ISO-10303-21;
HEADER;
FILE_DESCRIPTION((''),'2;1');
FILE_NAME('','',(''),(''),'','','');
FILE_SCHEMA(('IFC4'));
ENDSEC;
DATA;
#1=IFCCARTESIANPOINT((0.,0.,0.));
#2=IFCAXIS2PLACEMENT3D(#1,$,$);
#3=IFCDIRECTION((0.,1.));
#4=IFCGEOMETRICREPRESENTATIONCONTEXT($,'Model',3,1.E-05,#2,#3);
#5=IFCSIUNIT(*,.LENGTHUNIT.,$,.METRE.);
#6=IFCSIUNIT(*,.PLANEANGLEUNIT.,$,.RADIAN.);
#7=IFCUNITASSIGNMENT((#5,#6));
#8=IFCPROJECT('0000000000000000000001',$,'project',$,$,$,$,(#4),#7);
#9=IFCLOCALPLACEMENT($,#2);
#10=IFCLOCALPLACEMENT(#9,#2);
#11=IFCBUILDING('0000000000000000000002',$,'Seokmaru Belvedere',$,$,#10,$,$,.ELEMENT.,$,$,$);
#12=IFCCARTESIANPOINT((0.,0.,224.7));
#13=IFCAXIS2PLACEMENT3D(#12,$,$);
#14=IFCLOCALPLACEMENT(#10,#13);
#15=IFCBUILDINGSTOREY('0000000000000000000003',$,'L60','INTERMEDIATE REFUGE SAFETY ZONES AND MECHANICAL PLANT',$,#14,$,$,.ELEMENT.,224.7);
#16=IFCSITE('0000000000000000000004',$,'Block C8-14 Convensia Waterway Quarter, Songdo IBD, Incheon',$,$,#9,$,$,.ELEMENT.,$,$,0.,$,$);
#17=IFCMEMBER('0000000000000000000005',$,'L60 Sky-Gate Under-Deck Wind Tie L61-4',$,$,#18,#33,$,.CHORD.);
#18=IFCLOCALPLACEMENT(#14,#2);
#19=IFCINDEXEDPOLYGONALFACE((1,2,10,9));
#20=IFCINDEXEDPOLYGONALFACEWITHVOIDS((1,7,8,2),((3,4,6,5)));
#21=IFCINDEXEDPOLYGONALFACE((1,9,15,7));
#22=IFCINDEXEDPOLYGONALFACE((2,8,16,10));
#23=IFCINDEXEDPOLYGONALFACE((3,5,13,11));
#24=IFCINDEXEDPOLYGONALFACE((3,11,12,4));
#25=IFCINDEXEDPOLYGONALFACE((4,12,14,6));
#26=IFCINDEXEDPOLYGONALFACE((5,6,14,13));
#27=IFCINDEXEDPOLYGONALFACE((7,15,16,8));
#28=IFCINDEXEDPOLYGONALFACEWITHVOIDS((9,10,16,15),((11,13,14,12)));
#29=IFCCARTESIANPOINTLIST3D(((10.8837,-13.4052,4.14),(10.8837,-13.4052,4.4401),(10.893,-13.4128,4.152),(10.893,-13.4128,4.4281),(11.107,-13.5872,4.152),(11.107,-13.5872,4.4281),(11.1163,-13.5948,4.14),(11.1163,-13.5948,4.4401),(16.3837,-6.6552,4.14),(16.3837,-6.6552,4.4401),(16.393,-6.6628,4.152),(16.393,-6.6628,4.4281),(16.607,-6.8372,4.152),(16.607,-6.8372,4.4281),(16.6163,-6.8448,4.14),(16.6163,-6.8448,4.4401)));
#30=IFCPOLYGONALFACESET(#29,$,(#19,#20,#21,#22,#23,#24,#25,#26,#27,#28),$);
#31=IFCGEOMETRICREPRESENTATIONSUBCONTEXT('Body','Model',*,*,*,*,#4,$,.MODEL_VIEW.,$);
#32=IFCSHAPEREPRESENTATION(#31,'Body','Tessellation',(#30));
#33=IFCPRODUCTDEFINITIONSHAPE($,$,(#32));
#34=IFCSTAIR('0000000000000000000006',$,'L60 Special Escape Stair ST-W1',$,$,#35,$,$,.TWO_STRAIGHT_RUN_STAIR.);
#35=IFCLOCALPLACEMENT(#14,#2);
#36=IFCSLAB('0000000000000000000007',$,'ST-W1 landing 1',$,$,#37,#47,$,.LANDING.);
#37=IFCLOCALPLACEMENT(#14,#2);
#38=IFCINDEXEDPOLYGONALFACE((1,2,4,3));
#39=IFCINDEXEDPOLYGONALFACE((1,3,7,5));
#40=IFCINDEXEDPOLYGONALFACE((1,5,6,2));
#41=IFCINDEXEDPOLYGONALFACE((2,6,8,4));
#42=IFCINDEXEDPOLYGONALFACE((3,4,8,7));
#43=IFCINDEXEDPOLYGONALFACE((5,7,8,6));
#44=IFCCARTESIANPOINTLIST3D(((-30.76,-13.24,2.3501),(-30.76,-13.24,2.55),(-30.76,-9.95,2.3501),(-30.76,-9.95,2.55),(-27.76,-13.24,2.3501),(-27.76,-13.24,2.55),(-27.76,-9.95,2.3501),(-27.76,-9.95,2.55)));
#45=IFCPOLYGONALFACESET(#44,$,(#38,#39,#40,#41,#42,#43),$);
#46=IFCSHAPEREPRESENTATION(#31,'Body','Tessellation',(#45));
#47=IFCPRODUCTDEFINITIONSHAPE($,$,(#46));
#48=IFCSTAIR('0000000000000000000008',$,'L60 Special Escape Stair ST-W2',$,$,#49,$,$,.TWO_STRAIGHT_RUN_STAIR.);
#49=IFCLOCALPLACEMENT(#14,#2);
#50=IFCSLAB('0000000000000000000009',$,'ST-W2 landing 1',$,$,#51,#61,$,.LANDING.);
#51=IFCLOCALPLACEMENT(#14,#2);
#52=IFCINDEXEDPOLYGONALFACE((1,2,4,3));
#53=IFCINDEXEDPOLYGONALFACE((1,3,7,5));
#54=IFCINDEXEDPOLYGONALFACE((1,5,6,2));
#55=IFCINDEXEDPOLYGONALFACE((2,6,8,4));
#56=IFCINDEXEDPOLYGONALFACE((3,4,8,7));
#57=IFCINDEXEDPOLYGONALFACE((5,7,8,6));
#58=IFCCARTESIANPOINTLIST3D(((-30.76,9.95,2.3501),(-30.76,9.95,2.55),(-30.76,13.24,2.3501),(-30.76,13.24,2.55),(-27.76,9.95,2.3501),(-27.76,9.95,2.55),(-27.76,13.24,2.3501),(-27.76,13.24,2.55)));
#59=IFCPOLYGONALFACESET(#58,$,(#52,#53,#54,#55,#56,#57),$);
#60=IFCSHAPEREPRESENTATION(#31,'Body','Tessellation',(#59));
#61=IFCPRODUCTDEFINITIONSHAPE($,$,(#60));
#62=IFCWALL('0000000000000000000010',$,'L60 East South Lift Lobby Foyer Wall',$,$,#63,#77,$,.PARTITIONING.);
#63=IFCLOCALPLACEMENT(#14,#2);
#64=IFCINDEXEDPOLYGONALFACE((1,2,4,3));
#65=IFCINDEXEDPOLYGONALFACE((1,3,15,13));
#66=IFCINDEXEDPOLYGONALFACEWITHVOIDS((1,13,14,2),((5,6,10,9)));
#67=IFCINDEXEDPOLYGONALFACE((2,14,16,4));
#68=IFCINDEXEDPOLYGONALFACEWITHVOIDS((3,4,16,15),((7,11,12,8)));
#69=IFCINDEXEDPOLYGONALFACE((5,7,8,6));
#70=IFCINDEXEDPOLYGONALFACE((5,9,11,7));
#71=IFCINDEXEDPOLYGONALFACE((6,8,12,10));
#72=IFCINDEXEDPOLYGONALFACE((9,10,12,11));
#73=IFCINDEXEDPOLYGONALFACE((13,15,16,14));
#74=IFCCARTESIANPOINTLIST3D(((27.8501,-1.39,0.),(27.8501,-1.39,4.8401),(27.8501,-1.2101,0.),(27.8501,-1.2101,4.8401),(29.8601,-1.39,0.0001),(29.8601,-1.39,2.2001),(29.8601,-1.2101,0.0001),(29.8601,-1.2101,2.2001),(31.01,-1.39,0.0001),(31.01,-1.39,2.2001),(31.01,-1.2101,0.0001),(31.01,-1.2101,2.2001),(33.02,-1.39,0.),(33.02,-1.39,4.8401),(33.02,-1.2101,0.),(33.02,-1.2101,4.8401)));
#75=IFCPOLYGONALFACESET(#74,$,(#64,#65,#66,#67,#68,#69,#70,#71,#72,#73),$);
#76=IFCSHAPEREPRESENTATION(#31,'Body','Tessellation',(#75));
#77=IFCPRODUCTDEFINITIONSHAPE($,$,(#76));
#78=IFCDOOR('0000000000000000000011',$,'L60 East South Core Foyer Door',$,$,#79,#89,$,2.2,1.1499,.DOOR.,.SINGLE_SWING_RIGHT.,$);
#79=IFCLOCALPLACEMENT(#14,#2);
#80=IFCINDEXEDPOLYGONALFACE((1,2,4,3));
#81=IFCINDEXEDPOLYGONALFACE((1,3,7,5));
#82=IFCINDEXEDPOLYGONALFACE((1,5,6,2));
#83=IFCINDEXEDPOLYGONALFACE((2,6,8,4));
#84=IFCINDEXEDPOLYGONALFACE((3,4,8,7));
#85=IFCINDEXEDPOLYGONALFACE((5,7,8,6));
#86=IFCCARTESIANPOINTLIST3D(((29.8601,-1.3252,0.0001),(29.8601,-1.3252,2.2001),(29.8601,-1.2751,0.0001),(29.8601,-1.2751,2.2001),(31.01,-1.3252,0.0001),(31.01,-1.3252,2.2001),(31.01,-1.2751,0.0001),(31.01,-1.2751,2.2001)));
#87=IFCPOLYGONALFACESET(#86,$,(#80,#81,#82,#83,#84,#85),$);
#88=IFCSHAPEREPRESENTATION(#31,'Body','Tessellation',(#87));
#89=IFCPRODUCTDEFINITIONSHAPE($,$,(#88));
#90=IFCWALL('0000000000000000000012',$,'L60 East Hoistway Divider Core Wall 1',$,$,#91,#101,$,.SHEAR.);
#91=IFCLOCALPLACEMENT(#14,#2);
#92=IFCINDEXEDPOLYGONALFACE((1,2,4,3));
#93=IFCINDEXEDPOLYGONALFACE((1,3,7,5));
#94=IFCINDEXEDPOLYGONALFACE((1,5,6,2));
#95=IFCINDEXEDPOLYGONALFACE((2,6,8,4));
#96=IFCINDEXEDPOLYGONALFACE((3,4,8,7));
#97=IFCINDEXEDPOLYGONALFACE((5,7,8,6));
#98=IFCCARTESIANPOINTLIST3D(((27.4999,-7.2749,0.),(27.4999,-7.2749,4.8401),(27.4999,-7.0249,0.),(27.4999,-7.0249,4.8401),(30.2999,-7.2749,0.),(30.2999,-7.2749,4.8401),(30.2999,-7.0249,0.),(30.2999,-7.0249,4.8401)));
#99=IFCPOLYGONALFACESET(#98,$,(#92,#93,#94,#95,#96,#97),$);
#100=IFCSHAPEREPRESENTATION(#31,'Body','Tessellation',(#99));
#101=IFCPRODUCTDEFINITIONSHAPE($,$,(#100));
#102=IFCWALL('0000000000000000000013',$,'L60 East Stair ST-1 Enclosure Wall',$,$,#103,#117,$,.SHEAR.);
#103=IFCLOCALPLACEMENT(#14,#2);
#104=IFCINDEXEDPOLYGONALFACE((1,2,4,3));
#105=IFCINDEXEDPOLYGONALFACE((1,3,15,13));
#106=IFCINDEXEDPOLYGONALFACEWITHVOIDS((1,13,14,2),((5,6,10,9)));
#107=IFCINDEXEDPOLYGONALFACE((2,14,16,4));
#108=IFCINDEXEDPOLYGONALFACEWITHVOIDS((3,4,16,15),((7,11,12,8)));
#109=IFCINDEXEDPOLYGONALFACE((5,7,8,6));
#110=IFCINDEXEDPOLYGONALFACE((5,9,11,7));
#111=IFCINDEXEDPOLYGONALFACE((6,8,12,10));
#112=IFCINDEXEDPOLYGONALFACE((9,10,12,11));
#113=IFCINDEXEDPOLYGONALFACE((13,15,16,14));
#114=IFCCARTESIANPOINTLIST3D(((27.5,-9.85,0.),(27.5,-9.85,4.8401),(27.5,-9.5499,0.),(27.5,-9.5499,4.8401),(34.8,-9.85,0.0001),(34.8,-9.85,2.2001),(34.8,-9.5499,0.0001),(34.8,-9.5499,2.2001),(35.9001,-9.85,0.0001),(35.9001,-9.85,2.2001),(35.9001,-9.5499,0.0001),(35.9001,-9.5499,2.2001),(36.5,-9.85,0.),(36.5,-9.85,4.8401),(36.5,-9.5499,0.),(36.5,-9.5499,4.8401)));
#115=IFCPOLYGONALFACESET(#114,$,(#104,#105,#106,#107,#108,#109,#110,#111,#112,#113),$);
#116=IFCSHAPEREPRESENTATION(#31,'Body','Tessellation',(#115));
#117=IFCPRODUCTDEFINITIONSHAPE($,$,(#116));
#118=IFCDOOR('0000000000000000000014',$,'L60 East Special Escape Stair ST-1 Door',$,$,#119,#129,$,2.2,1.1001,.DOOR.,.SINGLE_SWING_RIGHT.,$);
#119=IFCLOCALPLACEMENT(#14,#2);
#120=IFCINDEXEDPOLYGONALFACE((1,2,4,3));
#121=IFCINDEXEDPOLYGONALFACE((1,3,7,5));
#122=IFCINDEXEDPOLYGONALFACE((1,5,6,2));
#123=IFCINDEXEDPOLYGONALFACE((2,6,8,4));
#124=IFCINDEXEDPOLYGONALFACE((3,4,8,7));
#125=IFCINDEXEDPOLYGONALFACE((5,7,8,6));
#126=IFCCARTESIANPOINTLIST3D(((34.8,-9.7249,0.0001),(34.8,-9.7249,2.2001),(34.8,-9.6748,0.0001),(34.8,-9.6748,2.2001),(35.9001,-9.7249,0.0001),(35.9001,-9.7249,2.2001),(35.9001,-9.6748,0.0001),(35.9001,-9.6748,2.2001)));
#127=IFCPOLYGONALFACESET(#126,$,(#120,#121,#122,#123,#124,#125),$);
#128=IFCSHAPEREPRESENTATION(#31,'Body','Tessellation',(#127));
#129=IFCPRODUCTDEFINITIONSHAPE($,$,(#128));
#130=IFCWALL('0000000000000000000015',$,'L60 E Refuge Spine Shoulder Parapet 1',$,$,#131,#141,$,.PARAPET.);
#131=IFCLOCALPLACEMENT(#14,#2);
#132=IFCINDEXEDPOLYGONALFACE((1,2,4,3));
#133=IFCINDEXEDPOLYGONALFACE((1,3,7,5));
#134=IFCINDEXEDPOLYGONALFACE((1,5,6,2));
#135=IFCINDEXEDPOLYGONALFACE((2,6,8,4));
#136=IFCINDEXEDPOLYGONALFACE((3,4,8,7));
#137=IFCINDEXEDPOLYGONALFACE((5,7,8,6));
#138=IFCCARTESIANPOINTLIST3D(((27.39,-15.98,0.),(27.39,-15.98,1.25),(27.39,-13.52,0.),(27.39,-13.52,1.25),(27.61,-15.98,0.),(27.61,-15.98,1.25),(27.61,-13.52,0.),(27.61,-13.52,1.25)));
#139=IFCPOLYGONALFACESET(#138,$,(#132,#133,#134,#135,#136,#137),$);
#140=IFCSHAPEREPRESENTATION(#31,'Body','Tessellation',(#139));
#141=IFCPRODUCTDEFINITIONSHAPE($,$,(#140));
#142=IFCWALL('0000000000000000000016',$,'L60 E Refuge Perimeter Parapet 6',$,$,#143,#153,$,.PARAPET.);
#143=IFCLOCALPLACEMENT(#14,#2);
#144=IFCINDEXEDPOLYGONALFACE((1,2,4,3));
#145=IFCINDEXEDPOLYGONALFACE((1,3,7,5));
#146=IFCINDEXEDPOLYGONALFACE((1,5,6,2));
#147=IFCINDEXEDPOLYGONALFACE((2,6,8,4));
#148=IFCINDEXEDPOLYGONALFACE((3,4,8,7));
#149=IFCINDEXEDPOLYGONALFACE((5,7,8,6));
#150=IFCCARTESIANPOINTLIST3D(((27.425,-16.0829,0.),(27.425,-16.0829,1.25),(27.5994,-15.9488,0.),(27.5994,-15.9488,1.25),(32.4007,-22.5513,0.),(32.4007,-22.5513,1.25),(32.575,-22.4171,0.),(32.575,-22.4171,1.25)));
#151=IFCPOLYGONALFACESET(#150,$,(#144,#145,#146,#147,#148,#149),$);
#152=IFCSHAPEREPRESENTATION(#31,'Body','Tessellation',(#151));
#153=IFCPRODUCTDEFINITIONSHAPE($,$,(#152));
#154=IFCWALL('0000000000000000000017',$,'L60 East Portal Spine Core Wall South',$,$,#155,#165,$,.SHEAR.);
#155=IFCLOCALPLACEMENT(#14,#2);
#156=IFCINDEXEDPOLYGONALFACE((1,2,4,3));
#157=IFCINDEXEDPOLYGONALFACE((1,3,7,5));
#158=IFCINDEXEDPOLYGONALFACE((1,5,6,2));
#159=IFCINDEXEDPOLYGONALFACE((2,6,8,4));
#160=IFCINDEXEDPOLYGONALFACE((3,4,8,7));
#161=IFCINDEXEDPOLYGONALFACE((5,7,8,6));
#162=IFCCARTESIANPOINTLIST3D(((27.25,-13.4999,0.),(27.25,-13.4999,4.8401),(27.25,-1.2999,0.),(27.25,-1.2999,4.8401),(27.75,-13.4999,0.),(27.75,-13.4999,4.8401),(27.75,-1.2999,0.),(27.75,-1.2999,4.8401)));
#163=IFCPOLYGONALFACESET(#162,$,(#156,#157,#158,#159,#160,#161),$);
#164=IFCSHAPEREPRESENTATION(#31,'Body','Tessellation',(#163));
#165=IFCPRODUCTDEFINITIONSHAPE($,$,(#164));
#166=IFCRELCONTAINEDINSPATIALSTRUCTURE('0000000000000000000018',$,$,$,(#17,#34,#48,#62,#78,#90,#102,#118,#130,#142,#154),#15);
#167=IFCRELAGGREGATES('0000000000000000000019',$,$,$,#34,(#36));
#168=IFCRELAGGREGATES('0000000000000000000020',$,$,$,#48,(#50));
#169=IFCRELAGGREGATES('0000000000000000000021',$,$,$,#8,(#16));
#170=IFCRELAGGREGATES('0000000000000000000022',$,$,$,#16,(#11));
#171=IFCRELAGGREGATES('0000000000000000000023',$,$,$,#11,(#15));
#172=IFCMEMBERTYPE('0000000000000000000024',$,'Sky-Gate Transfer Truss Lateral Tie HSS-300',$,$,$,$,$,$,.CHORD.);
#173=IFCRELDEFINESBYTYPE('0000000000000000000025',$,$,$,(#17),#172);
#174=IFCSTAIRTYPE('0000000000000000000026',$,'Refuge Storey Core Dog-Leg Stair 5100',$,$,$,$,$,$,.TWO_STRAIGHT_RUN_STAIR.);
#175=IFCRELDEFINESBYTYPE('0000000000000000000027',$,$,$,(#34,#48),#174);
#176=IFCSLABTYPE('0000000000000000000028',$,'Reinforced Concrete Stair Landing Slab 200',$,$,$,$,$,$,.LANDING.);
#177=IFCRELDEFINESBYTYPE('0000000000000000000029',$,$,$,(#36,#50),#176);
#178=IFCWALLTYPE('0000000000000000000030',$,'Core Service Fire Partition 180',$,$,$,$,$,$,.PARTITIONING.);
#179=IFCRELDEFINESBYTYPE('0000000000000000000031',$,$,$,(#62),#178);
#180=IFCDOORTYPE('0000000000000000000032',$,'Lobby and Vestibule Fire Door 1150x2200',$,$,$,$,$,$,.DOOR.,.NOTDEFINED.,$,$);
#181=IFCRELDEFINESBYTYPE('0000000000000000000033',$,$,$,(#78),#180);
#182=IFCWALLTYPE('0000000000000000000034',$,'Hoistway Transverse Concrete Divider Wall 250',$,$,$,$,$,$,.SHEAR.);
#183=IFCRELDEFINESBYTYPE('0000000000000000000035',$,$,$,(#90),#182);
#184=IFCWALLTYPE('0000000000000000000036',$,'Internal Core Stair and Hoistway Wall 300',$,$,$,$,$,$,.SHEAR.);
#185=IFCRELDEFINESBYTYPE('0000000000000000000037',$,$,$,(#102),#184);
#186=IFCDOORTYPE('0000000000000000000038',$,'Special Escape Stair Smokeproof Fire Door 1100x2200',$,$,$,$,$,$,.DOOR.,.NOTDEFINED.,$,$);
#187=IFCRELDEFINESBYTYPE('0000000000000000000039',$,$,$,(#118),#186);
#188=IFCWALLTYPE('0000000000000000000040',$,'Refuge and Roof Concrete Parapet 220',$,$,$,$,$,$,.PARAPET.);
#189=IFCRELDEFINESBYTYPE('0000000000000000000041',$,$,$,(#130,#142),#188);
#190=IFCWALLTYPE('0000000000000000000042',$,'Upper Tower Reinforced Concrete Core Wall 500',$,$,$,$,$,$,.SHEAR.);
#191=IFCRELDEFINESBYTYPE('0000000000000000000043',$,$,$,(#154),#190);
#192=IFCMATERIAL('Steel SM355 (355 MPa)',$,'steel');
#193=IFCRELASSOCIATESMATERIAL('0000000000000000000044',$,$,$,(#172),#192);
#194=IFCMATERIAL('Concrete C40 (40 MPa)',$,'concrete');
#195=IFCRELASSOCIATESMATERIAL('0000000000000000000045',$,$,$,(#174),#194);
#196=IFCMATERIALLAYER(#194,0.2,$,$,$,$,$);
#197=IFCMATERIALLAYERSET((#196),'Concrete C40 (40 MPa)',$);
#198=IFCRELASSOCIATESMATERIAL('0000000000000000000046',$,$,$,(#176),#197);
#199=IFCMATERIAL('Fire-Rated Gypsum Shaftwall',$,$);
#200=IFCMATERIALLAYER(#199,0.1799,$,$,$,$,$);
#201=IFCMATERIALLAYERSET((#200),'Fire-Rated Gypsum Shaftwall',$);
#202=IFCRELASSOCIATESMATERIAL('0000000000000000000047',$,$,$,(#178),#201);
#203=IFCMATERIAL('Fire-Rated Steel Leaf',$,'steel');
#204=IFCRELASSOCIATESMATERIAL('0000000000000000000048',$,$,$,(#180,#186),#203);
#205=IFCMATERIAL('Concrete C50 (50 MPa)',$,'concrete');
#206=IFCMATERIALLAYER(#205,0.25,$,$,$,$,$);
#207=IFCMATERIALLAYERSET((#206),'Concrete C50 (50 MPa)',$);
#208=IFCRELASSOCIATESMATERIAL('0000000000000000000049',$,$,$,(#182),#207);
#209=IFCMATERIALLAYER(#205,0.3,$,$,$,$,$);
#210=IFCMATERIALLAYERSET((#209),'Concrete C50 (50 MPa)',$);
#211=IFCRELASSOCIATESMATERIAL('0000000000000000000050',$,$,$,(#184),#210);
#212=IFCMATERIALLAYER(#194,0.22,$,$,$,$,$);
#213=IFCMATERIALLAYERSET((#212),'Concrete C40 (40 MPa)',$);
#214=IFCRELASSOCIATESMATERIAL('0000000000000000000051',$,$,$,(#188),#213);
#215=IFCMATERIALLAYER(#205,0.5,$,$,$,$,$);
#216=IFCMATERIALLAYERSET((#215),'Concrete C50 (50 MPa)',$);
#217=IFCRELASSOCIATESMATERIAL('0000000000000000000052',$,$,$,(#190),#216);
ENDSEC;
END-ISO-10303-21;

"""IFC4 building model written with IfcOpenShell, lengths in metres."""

from ifc_helpers import new_model, si_unit, direction, frame, frame_2d, origin, origin_2d, place, context, subcontext, project, spatial, polyline, rectangle, hollow_rectangle, outline, extrude, source, transform, mapped, material, layer, layer_set, material_profile, profile_set, type_object, type_shapes, element, fill, aggregate, save


model = new_model("IFC4")

# Units and contexts
model_context = context("Model", 3, precision=1e-05, world=origin(), true_north=direction((0.0, 1.0)))
body_context = subcontext(model_context, "Body", "Model", "MODEL_VIEW")
ifc_project = project(units=[si_unit("LENGTHUNIT", "METRE"), si_unit("PLANEANGLEUNIT", "RADIAN")], contexts=[model_context])

# Site, building, storey
site_placement = place(None, origin())
site = spatial("IfcSite", under=ifc_project, at=site_placement, Name="Block C8-14 Convensia Waterway Quarter, Songdo IBD, Incheon", CompositionType="ELEMENT", RefElevation=0.0)
building_placement = place(site_placement, origin())
building = spatial("IfcBuilding", under=site, at=building_placement, Name="Seokmaru Belvedere", CompositionType="ELEMENT")
storey_placement = place(building_placement, frame((0.0, 0.0, 224.7)))
storey = spatial("IfcBuildingStorey", under=building, at=storey_placement, Name="L60", Description="INTERMEDIATE REFUGE SAFETY ZONES AND MECHANICAL PLANT", CompositionType="ELEMENT", Elevation=224.7)

# Shared definitions
ifc_material_1 = material(Name="Steel SM355 (355 MPa)", Category="steel")

# Member
ifc_material_profile_1 = material_profile(ifc_material_1, hollow_rectangle(XDim=0.3, YDim=0.3, WallThickness=0.012, at=origin_2d()), Name="HSS-300x300x12")
ifc_profile_set_1 = profile_set([ifc_material_profile_1], Name="Steel SM355 (355 MPa)")
member_type = type_object("IfcMemberType", Name="Sky-Gate Transfer Truss Lateral Tie HSS-300", PredefinedType="CHORD", material=ifc_profile_set_1)
shared_shape_1 = source(origin(), body_context, "Body", "SweptSolid", [
    extrude(hollow_rectangle(XDim=0.3, YDim=0.3, WallThickness=0.012, at=origin_2d()), origin(), (0.0, 0.0, 1.0), 8.707),
])
type_shapes(member_type, [shared_shape_1])
member_placement = place(storey_placement, frame((11.0, -13.5, 4.29), z_axis=(0.631673, 0.775235, 0.0), x_axis=(-0.775235, 0.631673, 0.0)))
element("IfcMember", 1, at=member_placement, inside=storey, type_object=member_type, Name="L60 Sky-Gate Under-Deck Wind Tie L61-4", PredefinedType="CHORD", context=body_context, shape_type="MappedRepresentation", body=[
    mapped(shared_shape_1, transform((0.0, 0.0, 0.0), scale=1.0)),
])

# Stairs, slabs
ifc_material_2 = material(Name="Concrete C40 (40 MPa)", Category="concrete")
stair_type = type_object("IfcStairType", Name="Refuge Storey Core Dog-Leg Stair 5100", PredefinedType="TWO_STRAIGHT_RUN_STAIR", material=ifc_material_2)
stair_1_placement = place(storey_placement, origin())
stair_1 = element("IfcStair", 2, at=stair_1_placement, inside=storey, type_object=stair_type, Name="L60 Special Escape Stair ST-W1", PredefinedType="TWO_STRAIGHT_RUN_STAIR")
ifc_layer_1 = layer(ifc_material_2, 0.2)
ifc_layer_set_1 = layer_set([ifc_layer_1], Name="Concrete C40 (40 MPa)")
slab_type = type_object("IfcSlabType", Name="Reinforced Concrete Stair Landing Slab 200", PredefinedType="LANDING", material=ifc_layer_set_1)
slab_1_placement = place(storey_placement, frame((0.0, 0.0, 2.3501)))
slab_1 = element("IfcSlab", 3, at=slab_1_placement, type_object=slab_type, Name="ST-W1 landing 1", PredefinedType="LANDING", context=body_context, shape_type="SweptSolid", body=[
    extrude(outline(polyline([(-30.76, -13.24), (-27.76, -13.24), (-27.76, -9.95), (-30.76, -9.95), (-30.76, -13.24)])), origin(), (0.0, 0.0, 1.0), 0.2),
])
aggregate(stair_1, [slab_1])
stair_2_placement = place(storey_placement, origin())
stair_2 = element("IfcStair", 4, at=stair_2_placement, inside=storey, type_object=stair_type, Name="L60 Special Escape Stair ST-W2", PredefinedType="TWO_STRAIGHT_RUN_STAIR")
slab_2_placement = place(storey_placement, frame((0.0, 0.0, 2.3501)))
slab_2 = element("IfcSlab", 5, at=slab_2_placement, type_object=slab_type, Name="ST-W2 landing 1", PredefinedType="LANDING", context=body_context, shape_type="SweptSolid", body=[
    extrude(outline(polyline([(-30.76, 9.95), (-27.76, 9.95), (-27.76, 13.24), (-30.76, 13.24), (-30.76, 9.95)])), origin(), (0.0, 0.0, 1.0), 0.2),
])
aggregate(stair_2, [slab_2])

# Wall, opening, door
ifc_material_3 = material(Name="Fire-Rated Gypsum Shaftwall")
ifc_layer_2 = layer(ifc_material_3, 0.1799)
ifc_layer_set_2 = layer_set([ifc_layer_2], Name="Fire-Rated Gypsum Shaftwall")
wall_type_1 = type_object("IfcWallType", Name="Core Service Fire Partition 180", PredefinedType="PARTITIONING", material=ifc_layer_set_2)
wall_1_placement = place(storey_placement, frame((27.8501, -1.3, 0.0), z_axis=(0.0, 0.0, 1.0), x_axis=(1.0, 0.0, 0.0)))
wall_1 = element("IfcWall", 6, at=wall_1_placement, inside=storey, type_object=wall_type_1, Name="L60 East South Lift Lobby Foyer Wall", PredefinedType="PARTITIONING", context=body_context, shape_type="SweptSolid", body=[
    extrude(rectangle(XDim=5.1699, YDim=0.1799, at=frame_2d((2.585, 0.0))), origin(), (0.0, 0.0, 1.0), 4.8401),
])
opening_1_placement = place(wall_1_placement, frame((2.01, 0.0, 0.0)))
opening_1 = element("IfcOpeningElement", 7, at=opening_1_placement, cuts=wall_1, PredefinedType="OPENING", context=body_context, shape_type="SweptSolid", body=[
    extrude(rectangle(XDim=1.1499, YDim=2.2, at=frame_2d((0.575, 1.1001))), frame((0.0, 0.1001, 0.0), z_axis=(0.0, -1.0, 0.0), x_axis=(1.0, 0.0, 0.0)), (0.0, 0.0, 1.0), 0.2),
])
ifc_material_4 = material(Name="Fire-Rated Steel Leaf", Category="steel")
door_type_1 = type_object("IfcDoorType", Name="Lobby and Vestibule Fire Door 1150x2200", OperationType="NOTDEFINED", PredefinedType="DOOR", material=ifc_material_4)
shared_shape_2 = source(origin(), body_context, "Body", "SweptSolid", [
    extrude(rectangle(XDim=1.1499, YDim=2.2, at=frame_2d((0.575, 1.1001))), frame((0.0, 0.0249, 0.0), z_axis=(0.0, -1.0, 0.0), x_axis=(1.0, 0.0, 0.0)), (0.0, 0.0, 1.0), 0.05),
])
type_shapes(door_type_1, [shared_shape_2])
door_1_placement = place(opening_1_placement, origin())
door_1 = element("IfcDoor", 8, at=door_1_placement, inside=storey, type_object=door_type_1, Name="L60 East South Core Foyer Door", OperationType="SINGLE_SWING_RIGHT", OverallHeight=2.2, OverallWidth=1.1499, PredefinedType="DOOR", context=body_context, shape_type="MappedRepresentation", body=[
    mapped(shared_shape_2, transform((0.0, 0.0, 0.0), scale=1.0)),
])
fill(opening_1, door_1)

# Wall
ifc_material_5 = material(Name="Concrete C50 (50 MPa)", Category="concrete")
ifc_layer_3 = layer(ifc_material_5, 0.25)
ifc_layer_set_3 = layer_set([ifc_layer_3], Name="Concrete C50 (50 MPa)")
wall_type_2 = type_object("IfcWallType", Name="Hoistway Transverse Concrete Divider Wall 250", PredefinedType="SHEAR", material=ifc_layer_set_3)
wall_2_placement = place(storey_placement, frame((27.5, -7.1499, 0.0), z_axis=(0.0, 0.0, 1.0), x_axis=(1.0, 0.0, 0.0)))
element("IfcWall", 9, at=wall_2_placement, inside=storey, type_object=wall_type_2, Name="L60 East Hoistway Divider Core Wall 1", PredefinedType="SHEAR", context=body_context, shape_type="SweptSolid", body=[
    extrude(rectangle(XDim=2.8, YDim=0.25, at=frame_2d((1.3999, 0.0))), origin(), (0.0, 0.0, 1.0), 4.8401),
])

# Wall, opening, door
ifc_layer_4 = layer(ifc_material_5, 0.3)
ifc_layer_set_4 = layer_set([ifc_layer_4], Name="Concrete C50 (50 MPa)")
wall_type_3 = type_object("IfcWallType", Name="Internal Core Stair and Hoistway Wall 300", PredefinedType="SHEAR", material=ifc_layer_set_4)
wall_3_placement = place(storey_placement, frame((27.5, -9.7, 0.0), z_axis=(0.0, 0.0, 1.0), x_axis=(1.0, 0.0, 0.0)))
wall_3 = element("IfcWall", 10, at=wall_3_placement, inside=storey, type_object=wall_type_3, Name="L60 East Stair ST-1 Enclosure Wall", PredefinedType="SHEAR", context=body_context, shape_type="SweptSolid", body=[
    extrude(rectangle(XDim=9.0, YDim=0.3, at=frame_2d((4.5, 0.0))), origin(), (0.0, 0.0, 1.0), 4.8401),
])
opening_2_placement = place(wall_3_placement, frame((7.3, 0.0, 0.0)))
opening_2 = element("IfcOpeningElement", 11, at=opening_2_placement, cuts=wall_3, PredefinedType="OPENING", context=body_context, shape_type="SweptSolid", body=[
    extrude(rectangle(XDim=1.1001, YDim=2.2, at=frame_2d((0.55, 1.1001))), frame((0.0, 0.1602, 0.0), z_axis=(0.0, -1.0, 0.0), x_axis=(1.0, 0.0, 0.0)), (0.0, 0.0, 1.0), 0.3201),
])
door_type_2 = type_object("IfcDoorType", Name="Special Escape Stair Smokeproof Fire Door 1100x2200", OperationType="NOTDEFINED", PredefinedType="DOOR", material=ifc_material_4)
shared_shape_3 = source(origin(), body_context, "Body", "SweptSolid", [
    extrude(rectangle(XDim=1.1001, YDim=2.2, at=frame_2d((0.55, 1.1001))), frame((0.0, 0.0249, 0.0), z_axis=(0.0, -1.0, 0.0), x_axis=(1.0, 0.0, 0.0)), (0.0, 0.0, 1.0), 0.05),
])
type_shapes(door_type_2, [shared_shape_3])
door_2_placement = place(opening_2_placement, frame((1.1001, 0.0, 0.0), z_axis=(0.0, 0.0, 1.0), x_axis=(-1.0, 0.0, 0.0)))
door_2 = element("IfcDoor", 12, at=door_2_placement, inside=storey, type_object=door_type_2, Name="L60 East Special Escape Stair ST-1 Door", OperationType="SINGLE_SWING_RIGHT", OverallHeight=2.2, OverallWidth=1.1001, PredefinedType="DOOR", context=body_context, shape_type="MappedRepresentation", body=[
    mapped(shared_shape_3, transform((0.0, 0.0, 0.0), scale=1.0)),
])
fill(opening_2, door_2)

# Walls
ifc_layer_5 = layer(ifc_material_2, 0.22)
ifc_layer_set_5 = layer_set([ifc_layer_5], Name="Concrete C40 (40 MPa)")
wall_type_4 = type_object("IfcWallType", Name="Refuge and Roof Concrete Parapet 220", PredefinedType="PARAPET", material=ifc_layer_set_5)
wall_4_placement = place(storey_placement, frame((27.5, -15.98, 0.0), z_axis=(0.0, 0.0, 1.0), x_axis=(0.0, 1.0, 0.0)))
element("IfcWall", 13, at=wall_4_placement, inside=storey, type_object=wall_type_4, Name="L60 E Refuge Spine Shoulder Parapet 1", PredefinedType="PARAPET", context=body_context, shape_type="SweptSolid", body=[
    extrude(rectangle(XDim=2.46, YDim=0.22, at=frame_2d((1.23, 0.0))), origin(), (0.0, 0.0, 1.0), 1.25),
])
wall_5_placement = place(storey_placement, frame((27.5122, -16.0159, 0.0), z_axis=(0.0, 0.0, 1.0), x_axis=(0.609711, -0.792624, 0.0)))
element("IfcWall", 14, at=wall_5_placement, inside=storey, type_object=wall_type_4, Name="L60 E Refuge Perimeter Parapet 6", PredefinedType="PARAPET", context=body_context, shape_type="SweptSolid", body=[
    extrude(rectangle(XDim=8.1606, YDim=0.22, at=frame_2d((4.0803, 0.0))), origin(), (0.0, 0.0, 1.0), 1.25),
])
ifc_layer_6 = layer(ifc_material_5, 0.5)
ifc_layer_set_6 = layer_set([ifc_layer_6], Name="Concrete C50 (50 MPa)")
wall_type_5 = type_object("IfcWallType", Name="Upper Tower Reinforced Concrete Core Wall 500", PredefinedType="SHEAR", material=ifc_layer_set_6)
wall_6_placement = place(storey_placement, frame((27.5, -13.5, 0.0), z_axis=(0.0, 0.0, 1.0), x_axis=(0.0, 1.0, 0.0)))
element("IfcWall", 15, at=wall_6_placement, inside=storey, type_object=wall_type_5, Name="L60 East Portal Spine Core Wall South", PredefinedType="SHEAR", context=body_context, shape_type="SweptSolid", body=[
    extrude(rectangle(XDim=12.2, YDim=0.5, at=frame_2d((6.1001, 0.0))), origin(), (0.0, 0.0, 1.0), 4.8401),
])

save(model, "model.ifc")
